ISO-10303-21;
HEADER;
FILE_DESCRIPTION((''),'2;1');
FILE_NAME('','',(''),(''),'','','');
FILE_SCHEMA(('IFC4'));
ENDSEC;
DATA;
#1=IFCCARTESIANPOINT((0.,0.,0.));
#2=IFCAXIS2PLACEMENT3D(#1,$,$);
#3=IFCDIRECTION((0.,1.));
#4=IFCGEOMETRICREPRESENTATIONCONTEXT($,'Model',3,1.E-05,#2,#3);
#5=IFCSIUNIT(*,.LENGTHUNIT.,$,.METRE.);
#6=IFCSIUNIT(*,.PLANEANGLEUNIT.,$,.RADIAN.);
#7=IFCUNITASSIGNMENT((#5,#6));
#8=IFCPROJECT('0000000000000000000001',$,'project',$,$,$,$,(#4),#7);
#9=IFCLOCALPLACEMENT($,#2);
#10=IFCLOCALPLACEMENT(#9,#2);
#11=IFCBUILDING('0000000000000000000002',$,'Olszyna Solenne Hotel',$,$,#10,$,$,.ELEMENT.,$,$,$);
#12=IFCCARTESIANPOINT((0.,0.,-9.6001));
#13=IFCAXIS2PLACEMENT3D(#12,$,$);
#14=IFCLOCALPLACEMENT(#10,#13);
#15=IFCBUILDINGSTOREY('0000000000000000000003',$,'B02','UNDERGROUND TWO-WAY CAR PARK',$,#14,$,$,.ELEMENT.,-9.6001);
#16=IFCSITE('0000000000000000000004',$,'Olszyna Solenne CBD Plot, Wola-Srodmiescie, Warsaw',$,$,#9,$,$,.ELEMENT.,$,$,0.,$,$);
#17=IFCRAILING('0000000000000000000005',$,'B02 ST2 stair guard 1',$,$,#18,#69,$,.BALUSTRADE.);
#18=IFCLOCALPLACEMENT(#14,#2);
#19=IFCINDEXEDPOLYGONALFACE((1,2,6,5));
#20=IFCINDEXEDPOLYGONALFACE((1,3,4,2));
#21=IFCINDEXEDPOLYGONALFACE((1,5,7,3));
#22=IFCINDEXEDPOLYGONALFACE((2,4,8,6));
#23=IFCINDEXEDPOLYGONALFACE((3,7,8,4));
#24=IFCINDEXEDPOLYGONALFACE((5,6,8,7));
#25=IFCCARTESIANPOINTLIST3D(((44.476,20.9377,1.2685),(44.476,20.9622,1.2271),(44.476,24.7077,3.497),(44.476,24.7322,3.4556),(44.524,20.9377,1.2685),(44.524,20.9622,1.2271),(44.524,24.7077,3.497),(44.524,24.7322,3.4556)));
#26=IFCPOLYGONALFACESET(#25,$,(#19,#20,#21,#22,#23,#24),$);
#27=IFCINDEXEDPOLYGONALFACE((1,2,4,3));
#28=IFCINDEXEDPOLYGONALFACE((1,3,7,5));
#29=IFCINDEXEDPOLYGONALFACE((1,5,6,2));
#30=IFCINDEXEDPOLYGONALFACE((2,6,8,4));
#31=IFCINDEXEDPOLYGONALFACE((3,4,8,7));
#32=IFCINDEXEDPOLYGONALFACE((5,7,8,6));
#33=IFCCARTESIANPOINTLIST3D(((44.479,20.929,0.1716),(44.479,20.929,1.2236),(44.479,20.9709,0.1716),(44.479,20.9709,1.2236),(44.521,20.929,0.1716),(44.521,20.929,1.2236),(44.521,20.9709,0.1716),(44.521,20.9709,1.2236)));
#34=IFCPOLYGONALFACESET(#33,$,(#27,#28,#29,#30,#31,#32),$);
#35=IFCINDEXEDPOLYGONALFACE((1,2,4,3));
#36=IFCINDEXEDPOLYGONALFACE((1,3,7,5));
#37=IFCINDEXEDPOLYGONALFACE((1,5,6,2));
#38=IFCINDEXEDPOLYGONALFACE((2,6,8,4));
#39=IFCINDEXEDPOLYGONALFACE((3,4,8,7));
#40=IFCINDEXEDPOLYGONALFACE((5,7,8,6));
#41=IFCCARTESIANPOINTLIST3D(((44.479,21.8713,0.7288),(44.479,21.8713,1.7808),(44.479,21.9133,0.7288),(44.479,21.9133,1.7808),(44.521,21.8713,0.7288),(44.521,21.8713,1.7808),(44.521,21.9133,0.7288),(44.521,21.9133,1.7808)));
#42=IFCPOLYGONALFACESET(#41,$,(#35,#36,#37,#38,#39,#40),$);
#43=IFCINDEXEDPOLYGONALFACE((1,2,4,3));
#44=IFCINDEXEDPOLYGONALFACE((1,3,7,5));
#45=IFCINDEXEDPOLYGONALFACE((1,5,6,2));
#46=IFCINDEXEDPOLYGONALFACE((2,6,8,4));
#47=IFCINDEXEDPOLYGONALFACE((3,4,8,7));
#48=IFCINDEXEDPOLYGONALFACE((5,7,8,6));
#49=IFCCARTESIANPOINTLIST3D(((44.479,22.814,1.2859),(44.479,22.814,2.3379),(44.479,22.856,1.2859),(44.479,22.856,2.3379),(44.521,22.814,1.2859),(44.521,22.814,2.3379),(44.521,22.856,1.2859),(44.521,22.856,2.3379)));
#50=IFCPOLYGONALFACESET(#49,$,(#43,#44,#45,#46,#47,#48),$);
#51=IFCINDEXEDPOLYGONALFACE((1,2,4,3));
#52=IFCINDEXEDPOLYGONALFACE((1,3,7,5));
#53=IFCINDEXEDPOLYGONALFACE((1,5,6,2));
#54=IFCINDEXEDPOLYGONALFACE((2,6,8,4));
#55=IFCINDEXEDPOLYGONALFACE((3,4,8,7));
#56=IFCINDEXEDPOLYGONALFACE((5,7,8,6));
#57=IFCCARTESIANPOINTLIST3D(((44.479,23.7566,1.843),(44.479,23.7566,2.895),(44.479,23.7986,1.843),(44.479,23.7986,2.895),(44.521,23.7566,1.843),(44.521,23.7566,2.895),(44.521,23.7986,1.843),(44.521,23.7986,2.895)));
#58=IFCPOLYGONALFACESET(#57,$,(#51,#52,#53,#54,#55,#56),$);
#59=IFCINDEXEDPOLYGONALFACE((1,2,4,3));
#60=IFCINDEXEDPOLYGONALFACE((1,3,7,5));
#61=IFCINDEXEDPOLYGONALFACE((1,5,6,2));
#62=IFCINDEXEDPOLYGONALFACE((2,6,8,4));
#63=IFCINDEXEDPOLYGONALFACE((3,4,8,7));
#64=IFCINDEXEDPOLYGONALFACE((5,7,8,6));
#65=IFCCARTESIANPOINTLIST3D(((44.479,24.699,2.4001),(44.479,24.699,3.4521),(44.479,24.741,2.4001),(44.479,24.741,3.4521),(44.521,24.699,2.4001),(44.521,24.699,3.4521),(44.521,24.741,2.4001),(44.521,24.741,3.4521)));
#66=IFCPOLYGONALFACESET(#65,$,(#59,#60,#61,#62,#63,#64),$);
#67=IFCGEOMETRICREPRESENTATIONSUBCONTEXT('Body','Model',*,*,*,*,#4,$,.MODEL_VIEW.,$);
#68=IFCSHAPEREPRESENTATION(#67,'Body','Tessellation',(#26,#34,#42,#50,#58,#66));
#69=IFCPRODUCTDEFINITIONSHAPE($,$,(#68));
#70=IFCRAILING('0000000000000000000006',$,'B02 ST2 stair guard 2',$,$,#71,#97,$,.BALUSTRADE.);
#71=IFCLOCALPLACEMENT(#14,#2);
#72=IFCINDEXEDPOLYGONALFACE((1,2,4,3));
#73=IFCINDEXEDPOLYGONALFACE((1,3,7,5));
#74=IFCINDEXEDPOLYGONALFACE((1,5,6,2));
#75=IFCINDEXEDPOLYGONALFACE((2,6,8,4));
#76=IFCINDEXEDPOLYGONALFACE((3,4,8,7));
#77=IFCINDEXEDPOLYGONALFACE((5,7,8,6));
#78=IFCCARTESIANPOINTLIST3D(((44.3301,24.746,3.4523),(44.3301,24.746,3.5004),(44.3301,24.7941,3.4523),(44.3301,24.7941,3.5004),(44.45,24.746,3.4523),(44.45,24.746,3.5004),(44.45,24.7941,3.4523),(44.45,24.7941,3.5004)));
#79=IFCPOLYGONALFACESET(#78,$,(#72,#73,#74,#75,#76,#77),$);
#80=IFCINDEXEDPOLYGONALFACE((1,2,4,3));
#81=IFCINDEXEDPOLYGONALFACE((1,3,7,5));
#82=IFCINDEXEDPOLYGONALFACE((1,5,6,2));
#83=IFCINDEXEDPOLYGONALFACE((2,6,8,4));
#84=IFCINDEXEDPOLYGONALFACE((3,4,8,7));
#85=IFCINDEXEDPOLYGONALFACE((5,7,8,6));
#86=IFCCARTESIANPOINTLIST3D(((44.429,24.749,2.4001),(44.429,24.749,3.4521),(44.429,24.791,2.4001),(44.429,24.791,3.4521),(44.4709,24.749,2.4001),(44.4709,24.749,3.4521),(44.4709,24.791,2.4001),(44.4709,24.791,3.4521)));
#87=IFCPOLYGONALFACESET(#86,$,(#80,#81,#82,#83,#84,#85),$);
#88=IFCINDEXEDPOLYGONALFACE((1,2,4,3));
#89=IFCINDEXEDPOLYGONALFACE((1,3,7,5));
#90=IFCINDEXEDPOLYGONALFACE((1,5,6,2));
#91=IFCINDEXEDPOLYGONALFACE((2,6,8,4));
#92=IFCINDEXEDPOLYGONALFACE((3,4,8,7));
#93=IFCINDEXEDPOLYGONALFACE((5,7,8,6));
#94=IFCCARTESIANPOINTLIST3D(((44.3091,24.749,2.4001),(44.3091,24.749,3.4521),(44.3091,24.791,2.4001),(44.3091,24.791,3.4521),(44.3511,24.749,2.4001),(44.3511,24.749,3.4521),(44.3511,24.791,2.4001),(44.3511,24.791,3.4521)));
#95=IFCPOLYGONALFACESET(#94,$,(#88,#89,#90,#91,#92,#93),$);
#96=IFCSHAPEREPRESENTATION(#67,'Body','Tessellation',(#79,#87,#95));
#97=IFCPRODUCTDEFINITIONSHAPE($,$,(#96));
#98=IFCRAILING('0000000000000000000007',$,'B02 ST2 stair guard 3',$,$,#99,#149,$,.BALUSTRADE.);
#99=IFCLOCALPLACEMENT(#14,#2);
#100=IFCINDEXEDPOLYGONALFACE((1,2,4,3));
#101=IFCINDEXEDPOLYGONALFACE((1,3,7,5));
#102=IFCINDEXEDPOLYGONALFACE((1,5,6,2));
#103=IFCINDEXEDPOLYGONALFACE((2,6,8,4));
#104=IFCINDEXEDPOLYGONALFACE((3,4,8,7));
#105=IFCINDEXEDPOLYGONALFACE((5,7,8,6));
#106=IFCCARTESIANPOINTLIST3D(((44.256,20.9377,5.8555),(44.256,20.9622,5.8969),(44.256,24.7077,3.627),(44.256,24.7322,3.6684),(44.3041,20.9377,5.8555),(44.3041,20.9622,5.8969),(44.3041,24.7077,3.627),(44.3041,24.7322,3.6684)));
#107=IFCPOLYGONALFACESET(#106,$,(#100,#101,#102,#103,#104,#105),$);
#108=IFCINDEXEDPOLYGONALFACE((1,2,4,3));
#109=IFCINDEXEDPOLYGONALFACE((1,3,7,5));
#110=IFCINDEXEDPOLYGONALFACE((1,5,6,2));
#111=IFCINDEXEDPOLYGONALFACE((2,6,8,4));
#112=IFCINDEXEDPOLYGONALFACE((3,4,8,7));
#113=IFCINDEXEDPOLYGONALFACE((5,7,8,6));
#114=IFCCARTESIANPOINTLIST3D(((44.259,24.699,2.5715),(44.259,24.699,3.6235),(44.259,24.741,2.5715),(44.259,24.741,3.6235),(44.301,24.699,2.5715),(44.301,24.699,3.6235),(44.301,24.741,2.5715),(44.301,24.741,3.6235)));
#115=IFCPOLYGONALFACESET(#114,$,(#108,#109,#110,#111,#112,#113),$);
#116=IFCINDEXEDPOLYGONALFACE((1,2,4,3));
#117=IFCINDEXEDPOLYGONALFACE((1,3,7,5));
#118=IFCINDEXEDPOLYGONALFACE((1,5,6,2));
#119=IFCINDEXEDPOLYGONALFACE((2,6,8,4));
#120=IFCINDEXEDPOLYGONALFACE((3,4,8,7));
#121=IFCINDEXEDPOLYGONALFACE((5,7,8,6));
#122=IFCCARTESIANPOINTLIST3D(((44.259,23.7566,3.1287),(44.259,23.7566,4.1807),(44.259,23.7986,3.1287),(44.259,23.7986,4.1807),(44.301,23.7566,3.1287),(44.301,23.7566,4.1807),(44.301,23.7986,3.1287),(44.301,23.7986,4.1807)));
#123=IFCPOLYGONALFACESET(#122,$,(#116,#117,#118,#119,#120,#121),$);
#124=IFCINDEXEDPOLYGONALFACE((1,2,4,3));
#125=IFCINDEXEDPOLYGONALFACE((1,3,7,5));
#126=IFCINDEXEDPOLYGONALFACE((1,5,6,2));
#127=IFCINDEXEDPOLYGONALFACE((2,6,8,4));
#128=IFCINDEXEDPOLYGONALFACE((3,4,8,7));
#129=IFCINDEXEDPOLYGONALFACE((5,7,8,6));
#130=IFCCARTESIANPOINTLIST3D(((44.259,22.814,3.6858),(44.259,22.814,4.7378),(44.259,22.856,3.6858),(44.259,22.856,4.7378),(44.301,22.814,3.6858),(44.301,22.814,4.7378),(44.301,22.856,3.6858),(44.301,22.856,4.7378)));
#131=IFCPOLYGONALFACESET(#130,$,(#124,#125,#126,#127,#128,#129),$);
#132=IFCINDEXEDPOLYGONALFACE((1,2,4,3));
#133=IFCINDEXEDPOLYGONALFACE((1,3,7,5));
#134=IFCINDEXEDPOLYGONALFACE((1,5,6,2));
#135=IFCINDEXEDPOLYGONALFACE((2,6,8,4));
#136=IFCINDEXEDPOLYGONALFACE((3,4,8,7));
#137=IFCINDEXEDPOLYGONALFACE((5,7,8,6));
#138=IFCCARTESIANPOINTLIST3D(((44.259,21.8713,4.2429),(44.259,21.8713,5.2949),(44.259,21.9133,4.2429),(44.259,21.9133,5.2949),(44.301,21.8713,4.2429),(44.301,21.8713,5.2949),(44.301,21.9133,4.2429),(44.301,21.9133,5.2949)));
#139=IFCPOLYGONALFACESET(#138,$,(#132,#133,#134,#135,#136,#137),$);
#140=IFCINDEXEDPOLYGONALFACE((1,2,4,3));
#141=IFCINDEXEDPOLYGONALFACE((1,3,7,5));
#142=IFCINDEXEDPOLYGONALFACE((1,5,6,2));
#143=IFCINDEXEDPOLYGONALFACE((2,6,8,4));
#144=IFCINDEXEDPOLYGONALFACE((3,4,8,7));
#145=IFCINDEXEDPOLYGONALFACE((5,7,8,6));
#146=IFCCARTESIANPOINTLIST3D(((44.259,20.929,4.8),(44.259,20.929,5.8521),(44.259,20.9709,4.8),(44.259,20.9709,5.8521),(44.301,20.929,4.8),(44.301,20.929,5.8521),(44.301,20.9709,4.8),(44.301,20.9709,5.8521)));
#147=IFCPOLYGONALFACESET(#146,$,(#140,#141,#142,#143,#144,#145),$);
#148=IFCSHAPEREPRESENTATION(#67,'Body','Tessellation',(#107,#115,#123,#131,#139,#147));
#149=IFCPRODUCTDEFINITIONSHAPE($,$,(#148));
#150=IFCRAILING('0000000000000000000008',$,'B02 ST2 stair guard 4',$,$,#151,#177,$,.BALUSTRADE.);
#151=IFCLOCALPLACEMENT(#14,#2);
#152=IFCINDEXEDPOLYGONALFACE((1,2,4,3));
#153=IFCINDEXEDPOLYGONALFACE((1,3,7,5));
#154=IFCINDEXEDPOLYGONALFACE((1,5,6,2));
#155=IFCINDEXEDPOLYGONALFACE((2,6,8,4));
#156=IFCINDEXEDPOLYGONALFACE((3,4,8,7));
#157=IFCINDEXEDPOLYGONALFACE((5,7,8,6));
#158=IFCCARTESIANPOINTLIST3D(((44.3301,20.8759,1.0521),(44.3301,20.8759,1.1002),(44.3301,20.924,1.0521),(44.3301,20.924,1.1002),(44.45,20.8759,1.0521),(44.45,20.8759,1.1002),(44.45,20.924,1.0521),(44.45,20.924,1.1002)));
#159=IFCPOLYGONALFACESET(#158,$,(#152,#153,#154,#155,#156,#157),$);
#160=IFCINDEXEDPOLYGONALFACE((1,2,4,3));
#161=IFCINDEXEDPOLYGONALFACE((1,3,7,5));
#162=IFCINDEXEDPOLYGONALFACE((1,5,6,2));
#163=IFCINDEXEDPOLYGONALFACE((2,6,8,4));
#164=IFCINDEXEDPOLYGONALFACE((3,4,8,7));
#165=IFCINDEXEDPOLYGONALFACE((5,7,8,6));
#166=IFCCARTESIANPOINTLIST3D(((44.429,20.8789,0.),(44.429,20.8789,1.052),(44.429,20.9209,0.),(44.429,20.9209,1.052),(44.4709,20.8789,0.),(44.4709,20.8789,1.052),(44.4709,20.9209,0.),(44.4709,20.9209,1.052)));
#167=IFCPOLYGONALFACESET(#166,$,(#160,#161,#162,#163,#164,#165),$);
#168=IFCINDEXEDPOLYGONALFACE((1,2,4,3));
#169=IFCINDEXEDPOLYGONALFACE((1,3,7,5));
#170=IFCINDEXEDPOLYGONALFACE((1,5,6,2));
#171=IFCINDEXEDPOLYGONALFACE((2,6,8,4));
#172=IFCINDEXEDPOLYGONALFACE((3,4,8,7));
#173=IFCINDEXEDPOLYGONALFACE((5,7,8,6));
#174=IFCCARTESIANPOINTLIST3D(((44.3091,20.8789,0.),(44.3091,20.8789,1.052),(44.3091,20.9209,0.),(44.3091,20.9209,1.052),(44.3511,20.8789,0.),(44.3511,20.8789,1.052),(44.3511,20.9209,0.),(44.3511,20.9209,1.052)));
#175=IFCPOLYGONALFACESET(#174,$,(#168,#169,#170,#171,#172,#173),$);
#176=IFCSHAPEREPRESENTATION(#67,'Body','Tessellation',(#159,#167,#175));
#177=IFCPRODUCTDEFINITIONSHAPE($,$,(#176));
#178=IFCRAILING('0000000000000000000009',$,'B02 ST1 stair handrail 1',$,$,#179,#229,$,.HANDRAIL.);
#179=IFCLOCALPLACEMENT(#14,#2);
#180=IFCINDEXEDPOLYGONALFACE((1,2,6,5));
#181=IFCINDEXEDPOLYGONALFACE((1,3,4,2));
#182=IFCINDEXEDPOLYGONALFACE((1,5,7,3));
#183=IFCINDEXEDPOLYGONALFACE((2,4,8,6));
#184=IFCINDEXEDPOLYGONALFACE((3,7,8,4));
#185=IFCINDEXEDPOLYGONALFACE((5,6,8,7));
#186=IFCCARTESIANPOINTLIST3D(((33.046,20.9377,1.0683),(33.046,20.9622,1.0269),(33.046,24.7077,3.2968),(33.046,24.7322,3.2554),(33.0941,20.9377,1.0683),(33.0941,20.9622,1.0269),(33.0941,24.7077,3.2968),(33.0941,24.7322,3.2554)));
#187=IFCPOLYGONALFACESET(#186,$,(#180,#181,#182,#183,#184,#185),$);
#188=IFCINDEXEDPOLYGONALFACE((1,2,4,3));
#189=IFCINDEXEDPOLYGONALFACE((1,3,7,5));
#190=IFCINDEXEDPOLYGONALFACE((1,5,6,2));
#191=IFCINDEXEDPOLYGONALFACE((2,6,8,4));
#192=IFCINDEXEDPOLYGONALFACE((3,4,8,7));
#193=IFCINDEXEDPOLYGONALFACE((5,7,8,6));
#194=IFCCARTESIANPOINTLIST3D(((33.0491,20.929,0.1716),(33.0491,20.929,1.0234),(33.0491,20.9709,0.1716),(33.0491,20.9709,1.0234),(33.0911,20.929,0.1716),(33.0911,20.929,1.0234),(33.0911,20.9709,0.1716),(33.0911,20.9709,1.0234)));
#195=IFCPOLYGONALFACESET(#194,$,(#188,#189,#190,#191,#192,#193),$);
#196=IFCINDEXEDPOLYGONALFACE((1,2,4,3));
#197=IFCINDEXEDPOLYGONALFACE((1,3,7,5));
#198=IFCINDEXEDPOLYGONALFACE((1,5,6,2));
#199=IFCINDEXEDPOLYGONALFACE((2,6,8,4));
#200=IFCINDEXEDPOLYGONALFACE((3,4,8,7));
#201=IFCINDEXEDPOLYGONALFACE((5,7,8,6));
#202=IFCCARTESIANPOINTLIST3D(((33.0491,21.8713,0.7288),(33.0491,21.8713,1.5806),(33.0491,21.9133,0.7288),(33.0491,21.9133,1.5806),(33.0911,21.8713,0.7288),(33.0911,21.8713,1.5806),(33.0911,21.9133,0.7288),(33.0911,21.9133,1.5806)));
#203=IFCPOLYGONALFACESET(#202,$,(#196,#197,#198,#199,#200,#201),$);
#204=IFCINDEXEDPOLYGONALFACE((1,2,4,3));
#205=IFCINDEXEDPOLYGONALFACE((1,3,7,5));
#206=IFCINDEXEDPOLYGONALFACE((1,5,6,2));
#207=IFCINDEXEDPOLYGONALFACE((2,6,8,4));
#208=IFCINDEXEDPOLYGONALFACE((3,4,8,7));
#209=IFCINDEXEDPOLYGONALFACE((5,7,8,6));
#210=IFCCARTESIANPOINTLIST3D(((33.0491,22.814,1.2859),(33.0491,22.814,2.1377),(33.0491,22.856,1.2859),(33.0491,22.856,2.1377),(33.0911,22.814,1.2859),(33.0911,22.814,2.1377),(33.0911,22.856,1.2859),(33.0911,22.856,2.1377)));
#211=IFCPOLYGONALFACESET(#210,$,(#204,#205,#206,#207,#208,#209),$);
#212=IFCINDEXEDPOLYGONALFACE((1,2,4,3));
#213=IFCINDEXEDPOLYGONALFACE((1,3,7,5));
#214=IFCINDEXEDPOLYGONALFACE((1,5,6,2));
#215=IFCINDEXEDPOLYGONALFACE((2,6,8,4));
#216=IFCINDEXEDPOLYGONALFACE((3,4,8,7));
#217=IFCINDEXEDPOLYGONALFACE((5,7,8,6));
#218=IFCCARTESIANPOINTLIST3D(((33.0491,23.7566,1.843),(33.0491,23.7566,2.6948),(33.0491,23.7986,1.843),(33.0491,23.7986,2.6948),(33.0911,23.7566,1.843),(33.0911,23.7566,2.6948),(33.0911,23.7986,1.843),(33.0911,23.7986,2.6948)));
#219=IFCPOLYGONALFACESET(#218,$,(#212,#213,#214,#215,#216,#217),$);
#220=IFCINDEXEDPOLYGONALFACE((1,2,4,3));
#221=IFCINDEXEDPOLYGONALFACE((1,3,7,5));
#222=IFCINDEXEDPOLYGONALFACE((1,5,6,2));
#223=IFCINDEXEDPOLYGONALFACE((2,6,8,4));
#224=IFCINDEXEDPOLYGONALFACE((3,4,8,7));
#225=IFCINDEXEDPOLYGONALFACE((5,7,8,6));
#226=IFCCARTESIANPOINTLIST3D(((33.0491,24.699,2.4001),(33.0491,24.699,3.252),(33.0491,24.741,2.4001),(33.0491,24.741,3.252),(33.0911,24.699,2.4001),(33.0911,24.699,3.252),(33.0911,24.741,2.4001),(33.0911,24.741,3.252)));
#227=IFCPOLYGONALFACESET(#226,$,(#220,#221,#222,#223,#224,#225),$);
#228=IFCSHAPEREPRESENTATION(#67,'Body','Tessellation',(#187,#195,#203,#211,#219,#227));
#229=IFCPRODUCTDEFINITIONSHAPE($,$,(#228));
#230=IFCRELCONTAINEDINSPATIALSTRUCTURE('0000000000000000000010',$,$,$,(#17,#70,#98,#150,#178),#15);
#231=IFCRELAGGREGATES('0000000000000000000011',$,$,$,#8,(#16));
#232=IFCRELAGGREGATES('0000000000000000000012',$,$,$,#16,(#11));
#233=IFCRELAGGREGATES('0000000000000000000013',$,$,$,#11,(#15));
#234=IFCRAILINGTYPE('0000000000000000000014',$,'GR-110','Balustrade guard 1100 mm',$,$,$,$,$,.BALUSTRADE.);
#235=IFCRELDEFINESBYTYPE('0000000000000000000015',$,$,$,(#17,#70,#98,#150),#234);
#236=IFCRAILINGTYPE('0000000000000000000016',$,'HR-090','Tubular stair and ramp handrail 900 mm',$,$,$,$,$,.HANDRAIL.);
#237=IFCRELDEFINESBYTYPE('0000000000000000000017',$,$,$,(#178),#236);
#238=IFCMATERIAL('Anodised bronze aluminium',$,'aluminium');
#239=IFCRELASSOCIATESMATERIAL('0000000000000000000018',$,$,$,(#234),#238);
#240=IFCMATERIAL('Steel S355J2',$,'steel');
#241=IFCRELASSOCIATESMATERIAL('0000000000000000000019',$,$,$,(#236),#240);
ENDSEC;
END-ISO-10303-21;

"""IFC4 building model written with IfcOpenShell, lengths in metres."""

from ifc_helpers import new_model, si_unit, direction, frame, origin, origin_2d, place, context, subcontext, project, spatial, rectangle, extrude, material, type_object, element, save


model = new_model("IFC4")

# Units and contexts
model_context = context("Model", 3, precision=1e-05, world=origin(), true_north=direction((0.0, 1.0)))
body_context = subcontext(model_context, "Body", "Model", "MODEL_VIEW")
ifc_project = project(units=[si_unit("LENGTHUNIT", "METRE"), si_unit("PLANEANGLEUNIT", "RADIAN")], contexts=[model_context])

# Site, building, storey
site_placement = place(None, origin())
site = spatial("IfcSite", under=ifc_project, at=site_placement, Name="Olszyna Solenne CBD Plot, Wola-Srodmiescie, Warsaw", CompositionType="ELEMENT", RefElevation=0.0)
building_placement = place(site_placement, origin())
building = spatial("IfcBuilding", under=site, at=building_placement, Name="Olszyna Solenne Hotel", CompositionType="ELEMENT")
storey_placement = place(building_placement, frame((0.0, 0.0, -9.6001)))
storey = spatial("IfcBuildingStorey", under=building, at=storey_placement, Name="B02", Description="UNDERGROUND TWO-WAY CAR PARK", CompositionType="ELEMENT", Elevation=-9.6001)

# Shared definitions
ifc_material_1 = material(Name="Steel S355J2", Category="steel")

# Railings
ifc_material_2 = material(Name="Anodised bronze aluminium", Category="aluminium")
railing_type_1 = type_object("IfcRailingType", Name="GR-110", Description="Balustrade guard 1100 mm", PredefinedType="BALUSTRADE", material=ifc_material_2)
railing_1_placement = place(storey_placement, frame((44.5, 20.95, 0.1716)))
element("IfcRailing", 1, at=railing_1_placement, inside=storey, type_object=railing_type_1, Name="B02 ST2 stair guard 1", PredefinedType="BALUSTRADE", context=body_context, shape_type="SweptSolid", body=[
    extrude(rectangle(XDim=0.0481, YDim=0.0481, at=origin_2d()), frame((0.0, 0.0, 1.0762), z_axis=(0.0, 0.860849, 0.508861), x_axis=(-1.0, 0.0, 0.0)), (0.0, 0.0, 1.0), 4.3794),
    extrude(rectangle(XDim=0.042, YDim=0.042, at=origin_2d()), origin(), (0.0, 0.0, 1.0), 1.052),
    extrude(rectangle(XDim=0.042, YDim=0.042, at=origin_2d()), frame((0.0, 0.9424, 0.5571)), (0.0, 0.0, 1.0), 1.052),
    extrude(rectangle(XDim=0.042, YDim=0.042, at=origin_2d()), frame((0.0, 1.885, 1.1143)), (0.0, 0.0, 1.0), 1.052),
    extrude(rectangle(XDim=0.042, YDim=0.042, at=origin_2d()), frame((0.0, 2.8276, 1.6714)), (0.0, 0.0, 1.0), 1.052),
    extrude(rectangle(XDim=0.042, YDim=0.042, at=origin_2d()), frame((0.0, 3.77, 2.2285)), (0.0, 0.0, 1.0), 1.052),
])
railing_2_placement = place(storey_placement, frame((44.45, 24.77, 2.4001)))
element("IfcRailing", 2, at=railing_2_placement, inside=storey, type_object=railing_type_1, Name="B02 ST2 stair guard 2", PredefinedType="BALUSTRADE", context=body_context, shape_type="SweptSolid", body=[
    extrude(rectangle(XDim=0.0481, YDim=0.0481, at=origin_2d()), frame((0.0, 0.0, 1.0762), z_axis=(-1.0, 0.0, 0.0), x_axis=(0.0, -1.0, 0.0)), (0.0, 0.0, 1.0), 0.1199),
    extrude(rectangle(XDim=0.042, YDim=0.042, at=origin_2d()), origin(), (0.0, 0.0, 1.0), 1.052),
    extrude(rectangle(XDim=0.042, YDim=0.042, at=origin_2d()), frame((-0.1199, 0.0, 0.0)), (0.0, 0.0, 1.0), 1.052),
])
railing_3_placement = place(storey_placement, frame((44.28, 24.72, 2.5715)))
element("IfcRailing", 3, at=railing_3_placement, inside=storey, type_object=railing_type_1, Name="B02 ST2 stair guard 3", PredefinedType="BALUSTRADE", context=body_context, shape_type="SweptSolid", body=[
    extrude(rectangle(XDim=0.0481, YDim=0.0481, at=origin_2d()), frame((0.0, 0.0, 1.0762), z_axis=(0.0, -0.860849, 0.508861), x_axis=(1.0, 0.0, 0.0)), (0.0, 0.0, 1.0), 4.3794),
    extrude(rectangle(XDim=0.042, YDim=0.042, at=origin_2d()), origin(), (0.0, 0.0, 1.0), 1.052),
    extrude(rectangle(XDim=0.042, YDim=0.042, at=origin_2d()), frame((0.0, -0.9424, 0.5571)), (0.0, 0.0, 1.0), 1.052),
    extrude(rectangle(XDim=0.042, YDim=0.042, at=origin_2d()), frame((0.0, -1.885, 1.1143)), (0.0, 0.0, 1.0), 1.052),
    extrude(rectangle(XDim=0.042, YDim=0.042, at=origin_2d()), frame((0.0, -2.8276, 1.6714)), (0.0, 0.0, 1.0), 1.052),
    extrude(rectangle(XDim=0.042, YDim=0.042, at=origin_2d()), frame((0.0, -3.77, 2.2285)), (0.0, 0.0, 1.0), 1.052),
])
railing_4_placement = place(storey_placement, frame((44.45, 20.8999, 0.0)))
element("IfcRailing", 4, at=railing_4_placement, inside=storey, type_object=railing_type_1, Name="B02 ST2 stair guard 4", PredefinedType="BALUSTRADE", context=body_context, shape_type="SweptSolid", body=[
    extrude(rectangle(XDim=0.0481, YDim=0.0481, at=origin_2d()), frame((0.0, 0.0, 1.0762), z_axis=(-1.0, 0.0, 0.0), x_axis=(0.0, -1.0, 0.0)), (0.0, 0.0, 1.0), 0.1199),
    extrude(rectangle(XDim=0.042, YDim=0.042, at=origin_2d()), origin(), (0.0, 0.0, 1.0), 1.052),
    extrude(rectangle(XDim=0.042, YDim=0.042, at=origin_2d()), frame((-0.1199, 0.0, 0.0)), (0.0, 0.0, 1.0), 1.052),
])
railing_type_2 = type_object("IfcRailingType", Name="HR-090", Description="Tubular stair and ramp handrail 900 mm", PredefinedType="HANDRAIL", material=ifc_material_1)
for number, where, name in (
    (5, (33.0701, 20.95, 0.1716), "B02 ST1 stair handrail 1"),
):
    element("IfcRailing", number, at=place(storey_placement, frame(where)), inside=storey, type_object=railing_type_2, Name=name, PredefinedType="HANDRAIL", context=body_context, shape_type="SweptSolid", body=[
        extrude(rectangle(XDim=0.0481, YDim=0.0481, at=origin_2d()), frame((0.0, 0.0, 0.876), z_axis=(0.0, 0.860849, 0.508861), x_axis=(-1.0, 0.0, 0.0)), (0.0, 0.0, 1.0), 4.3794),
        extrude(rectangle(XDim=0.042, YDim=0.042, at=origin_2d()), origin(), (0.0, 0.0, 1.0), 0.8518),
        extrude(rectangle(XDim=0.042, YDim=0.042, at=origin_2d()), frame((0.0, 0.9424, 0.5571)), (0.0, 0.0, 1.0), 0.8518),
        extrude(rectangle(XDim=0.042, YDim=0.042, at=origin_2d()), frame((0.0, 1.885, 1.1143)), (0.0, 0.0, 1.0), 0.8518),
        extrude(rectangle(XDim=0.042, YDim=0.042, at=origin_2d()), frame((0.0, 2.8276, 1.6714)), (0.0, 0.0, 1.0), 0.8518),
        extrude(rectangle(XDim=0.042, YDim=0.042, at=origin_2d()), frame((0.0, 3.77, 2.2285)), (0.0, 0.0, 1.0), 0.8518),
    ])

save(model, "model.ifc")
